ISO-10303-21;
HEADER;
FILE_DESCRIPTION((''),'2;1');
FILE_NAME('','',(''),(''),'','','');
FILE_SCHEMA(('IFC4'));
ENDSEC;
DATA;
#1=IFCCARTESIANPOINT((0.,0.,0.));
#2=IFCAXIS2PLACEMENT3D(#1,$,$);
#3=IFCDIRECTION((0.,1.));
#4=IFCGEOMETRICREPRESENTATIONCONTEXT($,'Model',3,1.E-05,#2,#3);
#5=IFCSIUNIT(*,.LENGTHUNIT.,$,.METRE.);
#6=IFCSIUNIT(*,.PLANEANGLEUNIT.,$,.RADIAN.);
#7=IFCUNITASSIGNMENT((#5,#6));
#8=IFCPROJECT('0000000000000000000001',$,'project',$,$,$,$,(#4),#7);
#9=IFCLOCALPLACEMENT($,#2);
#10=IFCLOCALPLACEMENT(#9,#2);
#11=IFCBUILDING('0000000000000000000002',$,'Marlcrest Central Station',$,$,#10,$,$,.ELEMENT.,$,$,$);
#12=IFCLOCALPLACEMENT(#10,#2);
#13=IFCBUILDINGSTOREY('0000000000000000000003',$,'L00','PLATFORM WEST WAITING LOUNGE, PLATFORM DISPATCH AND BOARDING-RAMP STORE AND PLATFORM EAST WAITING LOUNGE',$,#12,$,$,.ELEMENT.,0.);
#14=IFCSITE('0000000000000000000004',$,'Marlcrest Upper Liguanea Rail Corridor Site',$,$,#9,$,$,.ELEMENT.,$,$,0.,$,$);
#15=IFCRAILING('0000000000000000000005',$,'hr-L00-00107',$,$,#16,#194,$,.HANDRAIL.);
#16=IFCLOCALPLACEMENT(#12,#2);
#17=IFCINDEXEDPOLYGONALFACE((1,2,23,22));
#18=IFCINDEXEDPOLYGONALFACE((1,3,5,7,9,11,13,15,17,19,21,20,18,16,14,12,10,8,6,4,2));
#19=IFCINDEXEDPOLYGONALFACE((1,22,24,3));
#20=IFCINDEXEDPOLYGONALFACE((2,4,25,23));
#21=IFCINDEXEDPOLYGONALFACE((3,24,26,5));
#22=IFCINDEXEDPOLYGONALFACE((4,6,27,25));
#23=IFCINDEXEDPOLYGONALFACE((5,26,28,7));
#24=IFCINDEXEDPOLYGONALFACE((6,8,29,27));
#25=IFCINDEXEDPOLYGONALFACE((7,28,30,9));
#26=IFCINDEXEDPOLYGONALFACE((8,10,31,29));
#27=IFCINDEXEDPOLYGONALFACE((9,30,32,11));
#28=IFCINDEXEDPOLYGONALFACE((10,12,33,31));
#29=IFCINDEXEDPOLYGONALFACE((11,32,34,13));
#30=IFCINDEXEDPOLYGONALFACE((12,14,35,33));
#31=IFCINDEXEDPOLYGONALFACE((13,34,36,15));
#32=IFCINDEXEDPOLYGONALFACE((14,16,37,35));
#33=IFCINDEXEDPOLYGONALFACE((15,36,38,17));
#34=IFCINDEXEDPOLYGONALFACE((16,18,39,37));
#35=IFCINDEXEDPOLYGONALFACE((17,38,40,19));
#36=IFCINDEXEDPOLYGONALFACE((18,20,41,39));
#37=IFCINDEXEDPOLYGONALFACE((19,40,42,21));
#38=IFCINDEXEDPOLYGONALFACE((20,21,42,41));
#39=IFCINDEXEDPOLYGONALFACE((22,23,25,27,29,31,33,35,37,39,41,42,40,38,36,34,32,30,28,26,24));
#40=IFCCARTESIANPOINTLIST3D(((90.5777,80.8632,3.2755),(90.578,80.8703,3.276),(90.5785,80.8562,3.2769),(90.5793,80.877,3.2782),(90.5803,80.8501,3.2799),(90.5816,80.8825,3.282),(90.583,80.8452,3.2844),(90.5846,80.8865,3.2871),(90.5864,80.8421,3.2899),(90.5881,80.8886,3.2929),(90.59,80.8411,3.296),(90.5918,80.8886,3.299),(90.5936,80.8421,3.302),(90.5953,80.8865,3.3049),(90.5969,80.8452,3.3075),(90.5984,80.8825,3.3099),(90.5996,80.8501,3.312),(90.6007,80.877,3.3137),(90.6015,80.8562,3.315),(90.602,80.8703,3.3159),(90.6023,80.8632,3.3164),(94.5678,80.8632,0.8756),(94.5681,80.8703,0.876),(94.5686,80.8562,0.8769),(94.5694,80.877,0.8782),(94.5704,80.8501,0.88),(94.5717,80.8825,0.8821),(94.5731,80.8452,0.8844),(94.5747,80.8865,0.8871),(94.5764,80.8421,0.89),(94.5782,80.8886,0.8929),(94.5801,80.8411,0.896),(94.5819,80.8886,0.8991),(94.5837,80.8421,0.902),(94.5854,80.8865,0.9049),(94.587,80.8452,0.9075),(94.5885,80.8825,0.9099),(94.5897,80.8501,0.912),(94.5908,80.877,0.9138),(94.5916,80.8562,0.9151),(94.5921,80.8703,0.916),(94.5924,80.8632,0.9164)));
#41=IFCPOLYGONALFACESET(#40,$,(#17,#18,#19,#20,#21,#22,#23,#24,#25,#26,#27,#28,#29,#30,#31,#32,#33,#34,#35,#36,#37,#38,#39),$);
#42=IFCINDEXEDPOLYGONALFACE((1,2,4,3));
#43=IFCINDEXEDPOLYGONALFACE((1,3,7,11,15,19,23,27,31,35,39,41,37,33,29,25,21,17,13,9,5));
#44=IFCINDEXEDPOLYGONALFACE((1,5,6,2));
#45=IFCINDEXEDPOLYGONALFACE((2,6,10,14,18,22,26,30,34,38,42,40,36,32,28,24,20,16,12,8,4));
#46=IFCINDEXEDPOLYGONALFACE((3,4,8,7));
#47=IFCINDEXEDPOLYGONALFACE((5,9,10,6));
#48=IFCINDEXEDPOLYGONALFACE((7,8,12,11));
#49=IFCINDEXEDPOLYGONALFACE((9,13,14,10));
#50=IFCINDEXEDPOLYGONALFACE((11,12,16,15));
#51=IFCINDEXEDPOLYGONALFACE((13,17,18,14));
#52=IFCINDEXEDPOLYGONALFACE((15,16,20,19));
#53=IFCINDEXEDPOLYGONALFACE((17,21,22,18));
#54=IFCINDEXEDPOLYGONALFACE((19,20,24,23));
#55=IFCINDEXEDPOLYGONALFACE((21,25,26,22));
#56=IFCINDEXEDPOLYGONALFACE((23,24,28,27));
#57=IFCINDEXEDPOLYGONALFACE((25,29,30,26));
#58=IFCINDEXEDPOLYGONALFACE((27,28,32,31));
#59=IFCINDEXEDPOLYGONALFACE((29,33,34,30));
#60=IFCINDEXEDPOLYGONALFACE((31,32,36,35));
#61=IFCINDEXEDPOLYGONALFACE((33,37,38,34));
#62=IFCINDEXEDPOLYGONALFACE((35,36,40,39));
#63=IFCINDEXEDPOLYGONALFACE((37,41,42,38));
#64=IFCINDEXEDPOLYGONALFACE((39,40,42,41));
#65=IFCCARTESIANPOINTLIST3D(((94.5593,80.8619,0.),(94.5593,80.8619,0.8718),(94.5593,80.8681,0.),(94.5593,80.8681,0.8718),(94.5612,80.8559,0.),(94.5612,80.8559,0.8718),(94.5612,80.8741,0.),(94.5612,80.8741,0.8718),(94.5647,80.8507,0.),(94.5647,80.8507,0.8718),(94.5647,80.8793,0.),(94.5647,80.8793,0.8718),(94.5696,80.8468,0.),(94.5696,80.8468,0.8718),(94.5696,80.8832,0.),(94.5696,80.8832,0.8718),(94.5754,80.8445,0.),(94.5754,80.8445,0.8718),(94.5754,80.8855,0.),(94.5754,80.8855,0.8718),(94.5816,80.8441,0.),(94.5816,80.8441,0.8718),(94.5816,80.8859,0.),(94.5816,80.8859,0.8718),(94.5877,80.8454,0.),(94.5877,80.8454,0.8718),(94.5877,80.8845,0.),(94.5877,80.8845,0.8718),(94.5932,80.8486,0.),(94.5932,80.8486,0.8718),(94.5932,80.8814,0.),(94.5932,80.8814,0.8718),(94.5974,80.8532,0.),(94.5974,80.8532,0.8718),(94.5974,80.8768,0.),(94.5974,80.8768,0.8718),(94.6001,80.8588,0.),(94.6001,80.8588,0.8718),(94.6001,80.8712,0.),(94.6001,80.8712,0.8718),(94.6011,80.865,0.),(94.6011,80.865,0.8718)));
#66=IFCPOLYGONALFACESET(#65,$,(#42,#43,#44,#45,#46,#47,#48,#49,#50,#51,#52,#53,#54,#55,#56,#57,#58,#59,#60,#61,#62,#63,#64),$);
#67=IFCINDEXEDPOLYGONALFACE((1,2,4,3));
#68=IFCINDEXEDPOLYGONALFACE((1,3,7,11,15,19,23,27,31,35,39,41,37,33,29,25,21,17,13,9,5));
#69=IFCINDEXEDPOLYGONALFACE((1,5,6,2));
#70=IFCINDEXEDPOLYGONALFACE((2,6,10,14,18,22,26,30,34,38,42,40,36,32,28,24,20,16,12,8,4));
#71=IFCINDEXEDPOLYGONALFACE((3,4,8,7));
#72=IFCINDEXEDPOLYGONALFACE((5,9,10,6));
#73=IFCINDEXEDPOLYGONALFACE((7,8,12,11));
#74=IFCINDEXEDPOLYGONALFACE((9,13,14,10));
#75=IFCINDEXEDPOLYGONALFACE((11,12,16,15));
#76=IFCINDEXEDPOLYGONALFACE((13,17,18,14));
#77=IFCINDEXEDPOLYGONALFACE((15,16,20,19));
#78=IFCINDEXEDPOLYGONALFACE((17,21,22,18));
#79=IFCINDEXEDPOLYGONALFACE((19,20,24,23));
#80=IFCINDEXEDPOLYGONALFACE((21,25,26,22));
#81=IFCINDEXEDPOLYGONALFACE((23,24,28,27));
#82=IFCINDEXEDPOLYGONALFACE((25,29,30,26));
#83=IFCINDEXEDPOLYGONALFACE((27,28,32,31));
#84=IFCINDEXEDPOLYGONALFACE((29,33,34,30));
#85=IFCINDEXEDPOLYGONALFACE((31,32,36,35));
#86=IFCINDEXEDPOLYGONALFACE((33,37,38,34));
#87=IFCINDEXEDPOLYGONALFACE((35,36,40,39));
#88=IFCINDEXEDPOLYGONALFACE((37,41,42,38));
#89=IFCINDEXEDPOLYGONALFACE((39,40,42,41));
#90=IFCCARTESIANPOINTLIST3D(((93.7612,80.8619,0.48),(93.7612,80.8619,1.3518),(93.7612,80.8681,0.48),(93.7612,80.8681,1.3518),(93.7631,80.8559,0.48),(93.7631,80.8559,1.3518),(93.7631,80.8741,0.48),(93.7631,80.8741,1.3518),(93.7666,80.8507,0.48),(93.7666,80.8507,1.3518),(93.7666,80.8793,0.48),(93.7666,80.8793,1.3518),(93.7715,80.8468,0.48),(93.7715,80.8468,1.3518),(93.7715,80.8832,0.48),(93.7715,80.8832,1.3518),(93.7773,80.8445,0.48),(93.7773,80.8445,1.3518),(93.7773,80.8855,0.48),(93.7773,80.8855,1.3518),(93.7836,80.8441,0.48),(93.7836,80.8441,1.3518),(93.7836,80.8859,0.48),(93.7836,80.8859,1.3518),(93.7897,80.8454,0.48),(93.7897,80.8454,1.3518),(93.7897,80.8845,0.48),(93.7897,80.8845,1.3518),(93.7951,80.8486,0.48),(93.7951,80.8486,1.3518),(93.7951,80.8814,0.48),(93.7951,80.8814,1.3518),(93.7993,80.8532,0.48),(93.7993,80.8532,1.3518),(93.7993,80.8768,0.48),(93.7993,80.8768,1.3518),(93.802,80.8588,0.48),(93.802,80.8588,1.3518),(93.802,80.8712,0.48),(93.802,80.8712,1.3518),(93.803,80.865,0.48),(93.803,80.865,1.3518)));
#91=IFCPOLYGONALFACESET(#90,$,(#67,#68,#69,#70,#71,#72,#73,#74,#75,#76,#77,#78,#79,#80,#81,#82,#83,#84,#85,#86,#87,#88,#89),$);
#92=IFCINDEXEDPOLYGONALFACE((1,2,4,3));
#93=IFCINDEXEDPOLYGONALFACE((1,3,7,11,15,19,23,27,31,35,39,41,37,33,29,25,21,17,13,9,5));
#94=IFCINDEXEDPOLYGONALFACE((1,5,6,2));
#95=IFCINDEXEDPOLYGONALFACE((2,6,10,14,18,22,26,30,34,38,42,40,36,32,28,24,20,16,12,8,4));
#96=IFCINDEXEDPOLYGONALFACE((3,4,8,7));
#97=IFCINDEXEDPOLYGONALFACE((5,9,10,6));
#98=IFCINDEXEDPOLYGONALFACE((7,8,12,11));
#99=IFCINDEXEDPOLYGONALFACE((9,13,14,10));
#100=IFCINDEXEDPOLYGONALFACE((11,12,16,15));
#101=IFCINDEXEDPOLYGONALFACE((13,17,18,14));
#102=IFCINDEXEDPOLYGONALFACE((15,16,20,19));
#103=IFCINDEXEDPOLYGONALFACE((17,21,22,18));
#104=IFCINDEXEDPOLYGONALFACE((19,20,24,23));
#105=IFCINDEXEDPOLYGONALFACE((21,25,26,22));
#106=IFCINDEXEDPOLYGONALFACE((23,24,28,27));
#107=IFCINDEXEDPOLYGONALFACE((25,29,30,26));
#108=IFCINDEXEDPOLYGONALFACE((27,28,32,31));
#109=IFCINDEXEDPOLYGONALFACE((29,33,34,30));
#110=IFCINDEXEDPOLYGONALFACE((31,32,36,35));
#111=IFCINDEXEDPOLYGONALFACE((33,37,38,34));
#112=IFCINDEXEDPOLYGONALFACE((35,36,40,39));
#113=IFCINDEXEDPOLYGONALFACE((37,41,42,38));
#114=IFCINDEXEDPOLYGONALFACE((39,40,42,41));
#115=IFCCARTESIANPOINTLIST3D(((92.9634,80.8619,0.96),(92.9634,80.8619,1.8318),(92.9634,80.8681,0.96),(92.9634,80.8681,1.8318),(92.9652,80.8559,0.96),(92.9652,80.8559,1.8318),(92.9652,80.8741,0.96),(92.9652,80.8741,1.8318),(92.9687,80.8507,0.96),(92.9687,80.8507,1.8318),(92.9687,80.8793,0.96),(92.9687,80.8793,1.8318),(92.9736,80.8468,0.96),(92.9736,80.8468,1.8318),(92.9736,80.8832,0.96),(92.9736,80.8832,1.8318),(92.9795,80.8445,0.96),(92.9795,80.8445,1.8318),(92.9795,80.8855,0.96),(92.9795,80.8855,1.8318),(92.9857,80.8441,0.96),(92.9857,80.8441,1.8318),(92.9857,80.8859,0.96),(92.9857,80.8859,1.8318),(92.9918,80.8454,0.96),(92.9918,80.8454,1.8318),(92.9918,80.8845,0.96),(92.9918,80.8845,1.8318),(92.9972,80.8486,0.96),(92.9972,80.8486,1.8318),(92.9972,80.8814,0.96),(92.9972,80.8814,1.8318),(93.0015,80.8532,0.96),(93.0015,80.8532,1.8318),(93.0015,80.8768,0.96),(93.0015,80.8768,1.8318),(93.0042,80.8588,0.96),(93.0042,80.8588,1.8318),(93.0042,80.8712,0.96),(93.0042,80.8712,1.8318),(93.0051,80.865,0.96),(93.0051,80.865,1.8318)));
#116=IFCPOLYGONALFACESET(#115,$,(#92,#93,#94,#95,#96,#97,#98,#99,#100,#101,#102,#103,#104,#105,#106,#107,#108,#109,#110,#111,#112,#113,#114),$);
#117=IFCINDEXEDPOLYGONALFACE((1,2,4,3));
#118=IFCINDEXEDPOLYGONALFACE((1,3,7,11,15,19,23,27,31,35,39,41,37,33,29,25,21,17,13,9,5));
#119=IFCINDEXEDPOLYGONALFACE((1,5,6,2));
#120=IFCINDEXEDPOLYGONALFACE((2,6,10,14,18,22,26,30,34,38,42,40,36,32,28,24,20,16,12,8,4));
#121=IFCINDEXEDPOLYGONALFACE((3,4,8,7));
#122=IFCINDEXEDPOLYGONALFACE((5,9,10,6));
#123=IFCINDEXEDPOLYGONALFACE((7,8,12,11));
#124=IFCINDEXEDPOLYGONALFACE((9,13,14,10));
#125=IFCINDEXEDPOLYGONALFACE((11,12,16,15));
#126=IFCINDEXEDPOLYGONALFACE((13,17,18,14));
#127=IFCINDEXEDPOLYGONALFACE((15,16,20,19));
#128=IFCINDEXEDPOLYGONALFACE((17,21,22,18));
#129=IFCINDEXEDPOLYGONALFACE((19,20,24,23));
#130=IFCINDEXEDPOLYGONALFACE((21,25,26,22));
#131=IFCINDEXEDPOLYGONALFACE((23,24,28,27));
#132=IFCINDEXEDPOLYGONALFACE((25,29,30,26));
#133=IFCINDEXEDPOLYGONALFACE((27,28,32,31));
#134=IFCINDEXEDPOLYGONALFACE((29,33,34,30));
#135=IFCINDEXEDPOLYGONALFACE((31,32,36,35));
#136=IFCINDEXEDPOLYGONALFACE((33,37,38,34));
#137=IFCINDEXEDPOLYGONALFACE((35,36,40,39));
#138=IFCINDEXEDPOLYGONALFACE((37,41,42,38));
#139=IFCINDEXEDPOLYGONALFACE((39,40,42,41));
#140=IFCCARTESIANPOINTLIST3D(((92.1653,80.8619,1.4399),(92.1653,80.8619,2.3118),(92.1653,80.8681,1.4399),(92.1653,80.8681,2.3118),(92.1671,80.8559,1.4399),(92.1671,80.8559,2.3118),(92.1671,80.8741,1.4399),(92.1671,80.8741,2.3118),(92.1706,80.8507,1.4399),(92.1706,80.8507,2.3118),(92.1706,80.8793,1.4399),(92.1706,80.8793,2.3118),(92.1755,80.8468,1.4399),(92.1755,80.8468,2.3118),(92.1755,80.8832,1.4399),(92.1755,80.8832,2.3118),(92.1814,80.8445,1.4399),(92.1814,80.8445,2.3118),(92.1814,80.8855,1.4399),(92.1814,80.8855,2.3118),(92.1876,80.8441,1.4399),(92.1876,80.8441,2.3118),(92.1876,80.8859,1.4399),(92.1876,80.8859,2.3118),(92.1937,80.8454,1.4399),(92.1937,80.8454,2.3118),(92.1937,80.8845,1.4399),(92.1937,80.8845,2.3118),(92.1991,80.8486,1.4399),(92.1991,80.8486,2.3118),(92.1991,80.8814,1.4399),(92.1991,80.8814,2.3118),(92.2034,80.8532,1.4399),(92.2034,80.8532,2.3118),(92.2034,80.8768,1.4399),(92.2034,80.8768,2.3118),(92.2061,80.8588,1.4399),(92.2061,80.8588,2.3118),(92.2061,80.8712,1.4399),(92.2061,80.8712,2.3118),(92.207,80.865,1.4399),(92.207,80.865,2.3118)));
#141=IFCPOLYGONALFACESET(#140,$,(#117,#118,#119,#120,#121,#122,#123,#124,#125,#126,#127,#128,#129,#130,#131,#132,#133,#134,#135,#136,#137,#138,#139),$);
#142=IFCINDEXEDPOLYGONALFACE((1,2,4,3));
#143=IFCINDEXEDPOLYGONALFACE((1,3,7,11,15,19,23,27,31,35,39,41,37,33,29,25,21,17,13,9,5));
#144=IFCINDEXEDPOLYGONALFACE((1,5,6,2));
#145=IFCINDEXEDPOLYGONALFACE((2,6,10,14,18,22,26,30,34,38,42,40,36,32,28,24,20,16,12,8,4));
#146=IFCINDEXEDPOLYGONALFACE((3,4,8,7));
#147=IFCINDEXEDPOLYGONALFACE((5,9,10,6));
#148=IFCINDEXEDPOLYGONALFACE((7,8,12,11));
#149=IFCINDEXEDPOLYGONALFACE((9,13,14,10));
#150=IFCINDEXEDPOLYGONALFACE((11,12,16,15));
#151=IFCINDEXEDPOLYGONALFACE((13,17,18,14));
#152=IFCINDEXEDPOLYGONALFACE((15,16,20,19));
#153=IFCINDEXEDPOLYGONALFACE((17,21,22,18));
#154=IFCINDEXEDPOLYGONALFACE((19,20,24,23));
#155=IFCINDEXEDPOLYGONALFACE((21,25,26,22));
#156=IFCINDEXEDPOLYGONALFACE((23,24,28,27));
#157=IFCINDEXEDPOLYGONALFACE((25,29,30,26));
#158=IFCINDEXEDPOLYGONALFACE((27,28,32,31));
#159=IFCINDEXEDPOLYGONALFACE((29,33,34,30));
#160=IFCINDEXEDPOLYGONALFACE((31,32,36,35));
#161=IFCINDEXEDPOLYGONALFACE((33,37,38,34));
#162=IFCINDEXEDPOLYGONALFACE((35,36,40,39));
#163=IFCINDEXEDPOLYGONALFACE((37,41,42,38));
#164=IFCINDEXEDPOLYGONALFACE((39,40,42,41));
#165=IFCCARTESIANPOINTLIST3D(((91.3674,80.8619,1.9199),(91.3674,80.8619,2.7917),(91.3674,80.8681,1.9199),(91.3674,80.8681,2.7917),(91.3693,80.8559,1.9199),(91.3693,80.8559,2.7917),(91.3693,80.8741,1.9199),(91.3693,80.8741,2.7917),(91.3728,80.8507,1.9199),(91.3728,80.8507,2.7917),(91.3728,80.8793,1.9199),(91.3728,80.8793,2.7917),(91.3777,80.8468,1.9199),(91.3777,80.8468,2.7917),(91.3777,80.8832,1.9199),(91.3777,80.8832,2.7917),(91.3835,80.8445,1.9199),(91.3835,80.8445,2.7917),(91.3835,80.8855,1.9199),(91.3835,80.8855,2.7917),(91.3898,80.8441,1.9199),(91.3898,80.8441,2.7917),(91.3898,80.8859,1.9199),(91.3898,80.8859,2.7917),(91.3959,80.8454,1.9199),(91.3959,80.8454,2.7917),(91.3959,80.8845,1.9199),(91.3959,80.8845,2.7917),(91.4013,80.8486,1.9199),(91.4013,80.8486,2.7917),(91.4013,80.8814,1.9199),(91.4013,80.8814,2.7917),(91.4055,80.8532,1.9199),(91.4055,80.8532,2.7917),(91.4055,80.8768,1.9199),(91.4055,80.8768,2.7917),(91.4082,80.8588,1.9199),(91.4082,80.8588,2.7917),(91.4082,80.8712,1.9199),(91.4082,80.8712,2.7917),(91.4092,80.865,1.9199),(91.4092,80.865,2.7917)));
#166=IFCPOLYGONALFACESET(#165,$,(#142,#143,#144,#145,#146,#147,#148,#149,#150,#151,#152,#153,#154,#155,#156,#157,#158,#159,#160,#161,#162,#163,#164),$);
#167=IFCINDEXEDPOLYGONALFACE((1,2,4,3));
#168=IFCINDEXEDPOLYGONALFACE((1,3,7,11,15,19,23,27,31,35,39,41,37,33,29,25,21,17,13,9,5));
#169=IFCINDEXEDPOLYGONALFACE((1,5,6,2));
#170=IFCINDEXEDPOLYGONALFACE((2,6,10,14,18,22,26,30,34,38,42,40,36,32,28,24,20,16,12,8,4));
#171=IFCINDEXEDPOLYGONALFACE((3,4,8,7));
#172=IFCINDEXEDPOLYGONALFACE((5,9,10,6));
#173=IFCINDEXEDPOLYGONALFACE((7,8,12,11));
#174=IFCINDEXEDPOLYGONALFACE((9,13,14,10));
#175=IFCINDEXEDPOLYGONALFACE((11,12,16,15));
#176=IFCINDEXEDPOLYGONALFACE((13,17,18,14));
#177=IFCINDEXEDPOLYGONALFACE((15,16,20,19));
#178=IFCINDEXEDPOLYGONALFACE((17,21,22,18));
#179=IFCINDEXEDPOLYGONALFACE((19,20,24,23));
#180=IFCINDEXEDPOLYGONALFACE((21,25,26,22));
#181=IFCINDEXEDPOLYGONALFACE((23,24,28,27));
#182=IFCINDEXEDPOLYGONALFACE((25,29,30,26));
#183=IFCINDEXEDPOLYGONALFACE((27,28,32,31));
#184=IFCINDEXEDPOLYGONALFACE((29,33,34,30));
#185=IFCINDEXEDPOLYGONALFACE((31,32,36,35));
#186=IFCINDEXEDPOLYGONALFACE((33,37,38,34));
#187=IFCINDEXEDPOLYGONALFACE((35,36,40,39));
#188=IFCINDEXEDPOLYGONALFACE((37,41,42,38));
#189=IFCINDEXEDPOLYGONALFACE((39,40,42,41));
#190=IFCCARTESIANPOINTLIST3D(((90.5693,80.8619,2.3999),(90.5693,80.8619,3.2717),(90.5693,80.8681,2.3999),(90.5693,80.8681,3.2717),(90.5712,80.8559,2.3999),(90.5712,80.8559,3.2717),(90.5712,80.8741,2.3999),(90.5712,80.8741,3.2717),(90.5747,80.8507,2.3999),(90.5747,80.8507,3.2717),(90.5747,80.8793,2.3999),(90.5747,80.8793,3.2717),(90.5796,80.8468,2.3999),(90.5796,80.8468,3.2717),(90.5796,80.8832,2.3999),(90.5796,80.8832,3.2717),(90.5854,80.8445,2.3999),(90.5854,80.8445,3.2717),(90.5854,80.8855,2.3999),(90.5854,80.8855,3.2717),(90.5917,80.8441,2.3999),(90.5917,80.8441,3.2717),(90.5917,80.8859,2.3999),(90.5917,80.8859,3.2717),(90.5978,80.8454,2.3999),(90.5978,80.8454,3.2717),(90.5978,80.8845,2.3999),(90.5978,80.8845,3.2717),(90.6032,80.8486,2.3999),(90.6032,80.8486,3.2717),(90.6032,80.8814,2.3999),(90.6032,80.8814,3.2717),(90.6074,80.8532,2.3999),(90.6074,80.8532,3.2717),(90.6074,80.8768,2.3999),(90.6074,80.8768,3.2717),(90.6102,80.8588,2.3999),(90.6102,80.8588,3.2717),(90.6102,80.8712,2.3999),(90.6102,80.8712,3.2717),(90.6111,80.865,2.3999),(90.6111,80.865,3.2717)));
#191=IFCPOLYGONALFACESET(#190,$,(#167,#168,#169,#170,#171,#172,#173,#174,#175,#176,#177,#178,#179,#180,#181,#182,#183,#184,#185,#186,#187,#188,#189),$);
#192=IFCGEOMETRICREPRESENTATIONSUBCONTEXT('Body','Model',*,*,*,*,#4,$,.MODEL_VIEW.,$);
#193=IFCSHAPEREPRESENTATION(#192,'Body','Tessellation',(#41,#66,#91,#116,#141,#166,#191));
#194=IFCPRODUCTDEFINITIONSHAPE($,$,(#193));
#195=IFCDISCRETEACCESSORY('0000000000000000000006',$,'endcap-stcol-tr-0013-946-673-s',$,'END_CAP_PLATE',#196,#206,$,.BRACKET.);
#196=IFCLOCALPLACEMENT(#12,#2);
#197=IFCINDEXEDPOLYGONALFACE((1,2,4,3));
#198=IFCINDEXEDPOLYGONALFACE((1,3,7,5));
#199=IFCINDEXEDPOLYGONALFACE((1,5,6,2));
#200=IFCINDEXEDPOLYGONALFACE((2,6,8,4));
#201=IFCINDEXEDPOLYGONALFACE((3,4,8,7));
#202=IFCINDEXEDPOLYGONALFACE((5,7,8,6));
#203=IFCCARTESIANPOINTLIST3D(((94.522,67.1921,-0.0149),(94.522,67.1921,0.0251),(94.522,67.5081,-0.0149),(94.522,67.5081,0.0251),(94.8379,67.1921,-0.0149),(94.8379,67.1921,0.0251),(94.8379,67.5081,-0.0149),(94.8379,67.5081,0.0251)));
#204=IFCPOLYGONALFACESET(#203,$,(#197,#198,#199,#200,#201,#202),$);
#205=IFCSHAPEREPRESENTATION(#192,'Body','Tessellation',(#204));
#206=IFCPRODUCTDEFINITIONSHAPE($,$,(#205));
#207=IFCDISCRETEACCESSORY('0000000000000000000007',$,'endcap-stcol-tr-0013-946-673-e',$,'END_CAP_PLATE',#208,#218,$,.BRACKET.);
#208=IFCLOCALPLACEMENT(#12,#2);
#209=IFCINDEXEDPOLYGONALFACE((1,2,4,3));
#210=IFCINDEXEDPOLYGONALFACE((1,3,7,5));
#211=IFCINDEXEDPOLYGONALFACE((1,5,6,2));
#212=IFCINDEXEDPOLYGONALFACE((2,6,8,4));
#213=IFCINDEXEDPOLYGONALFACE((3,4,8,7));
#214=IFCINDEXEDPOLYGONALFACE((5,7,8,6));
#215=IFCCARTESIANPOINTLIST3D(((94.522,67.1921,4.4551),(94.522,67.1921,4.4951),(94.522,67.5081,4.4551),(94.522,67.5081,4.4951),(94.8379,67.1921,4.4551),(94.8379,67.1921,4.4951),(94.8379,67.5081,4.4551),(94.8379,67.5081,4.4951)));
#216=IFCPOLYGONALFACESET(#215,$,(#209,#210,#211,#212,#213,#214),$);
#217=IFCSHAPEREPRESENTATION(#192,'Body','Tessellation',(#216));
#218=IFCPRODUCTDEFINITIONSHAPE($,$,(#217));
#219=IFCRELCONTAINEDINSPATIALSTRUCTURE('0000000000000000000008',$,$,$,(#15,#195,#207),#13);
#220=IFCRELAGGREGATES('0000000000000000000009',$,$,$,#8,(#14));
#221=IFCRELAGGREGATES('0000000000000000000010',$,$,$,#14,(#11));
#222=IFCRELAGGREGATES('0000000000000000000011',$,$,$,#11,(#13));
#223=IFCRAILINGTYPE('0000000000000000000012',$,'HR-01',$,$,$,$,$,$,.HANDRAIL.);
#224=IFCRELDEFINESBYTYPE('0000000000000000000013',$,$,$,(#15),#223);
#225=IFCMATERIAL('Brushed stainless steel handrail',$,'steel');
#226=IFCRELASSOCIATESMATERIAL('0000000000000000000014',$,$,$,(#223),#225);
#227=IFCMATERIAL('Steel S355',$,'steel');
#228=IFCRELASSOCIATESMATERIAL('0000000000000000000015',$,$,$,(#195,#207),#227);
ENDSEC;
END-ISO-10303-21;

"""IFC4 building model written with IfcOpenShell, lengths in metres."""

from ifc_helpers import new_model, si_unit, direction, frame, origin, origin_2d, place, context, subcontext, project, spatial, rectangle, circle, extrude, material, type_object, element, save


model = new_model("IFC4")

# Units and contexts
model_context = context("Model", 3, precision=1e-05, world=origin(), true_north=direction((0.0, 1.0)))
body_context = subcontext(model_context, "Body", "Model", "MODEL_VIEW")
ifc_project = project(units=[si_unit("LENGTHUNIT", "METRE"), si_unit("PLANEANGLEUNIT", "RADIAN")], contexts=[model_context])

# Site, building, storey
site_placement = place(None, origin())
site = spatial("IfcSite", under=ifc_project, at=site_placement, Name="Marlcrest Upper Liguanea Rail Corridor Site", CompositionType="ELEMENT", RefElevation=0.0)
building_placement = place(site_placement, origin())
building = spatial("IfcBuilding", under=site, at=building_placement, Name="Marlcrest Central Station", CompositionType="ELEMENT")
storey_placement = place(building_placement, origin())
storey = spatial("IfcBuildingStorey", under=building, at=storey_placement, Name="L00", Description="PLATFORM WEST WAITING LOUNGE, PLATFORM DISPATCH AND BOARDING-RAMP STORE AND PLATFORM EAST WAITING LOUNGE", CompositionType="ELEMENT", Elevation=0.0)

# Shared definitions
ifc_material_1 = material(Name="Steel S355", Category="steel")

# Railing
ifc_material_2 = material(Name="Brushed stainless steel handrail", Category="steel")
railing_type = type_object("IfcRailingType", Name="HR-01", PredefinedType="HANDRAIL", material=ifc_material_2)
for number, where, name in (
    (1, (94.5801, 80.865, 0.0), "hr-L00-00107"),
):
    element("IfcRailing", number, at=place(storey_placement, frame(where)), inside=storey, type_object=railing_type, Name=name, PredefinedType="HANDRAIL", context=body_context, shape_type="SweptSolid", body=[
        extrude(circle(Radius=0.0239, at=origin_2d()), frame((0.0, 0.0, 0.896), z_axis=(-0.856933, 0.0, 0.515428), x_axis=(0.0, -1.0, 0.0)), (0.0, 0.0, 1.0), 4.6562),
        extrude(circle(Radius=0.021, at=origin_2d()), origin(), (0.0, 0.0, 1.0), 0.8718),
        extrude(circle(Radius=0.021, at=origin_2d()), frame((-0.7981, 0.0, 0.48)), (0.0, 0.0, 1.0), 0.8718),
        extrude(circle(Radius=0.021, at=origin_2d()), frame((-1.5959, 0.0, 0.96)), (0.0, 0.0, 1.0), 0.8718),
        extrude(circle(Radius=0.021, at=origin_2d()), frame((-2.394, 0.0, 1.4399)), (0.0, 0.0, 1.0), 0.8718),
        extrude(circle(Radius=0.021, at=origin_2d()), frame((-3.1919, 0.0, 1.9199)), (0.0, 0.0, 1.0), 0.8718),
        extrude(circle(Radius=0.021, at=origin_2d()), frame((-3.99, 0.0, 2.3999)), (0.0, 0.0, 1.0), 0.8718),
    ])

# Discrete accessories
for number, where, z_axis, x_axis, name in (
    (2, (94.6799, 67.3501, -0.0149), (0.0, 0.0, 1.0), (1.0, 0.0, 0.0), "endcap-stcol-tr-0013-946-673-s"),
    (3, (94.6799, 67.3501, 4.4551), (0.0, 0.0, 1.0), (1.0, 0.0, 0.0), "endcap-stcol-tr-0013-946-673-e"),
):
    element("IfcDiscreteAccessory", number, at=place(storey_placement, frame(where, z_axis=z_axis, x_axis=x_axis)), inside=storey, material=ifc_material_1, Name=name, ObjectType="END_CAP_PLATE", PredefinedType="BRACKET", context=body_context, shape_type="SweptSolid", body=[
        extrude(rectangle(XDim=0.3159, YDim=0.3159, at=origin_2d()), origin(), (0.0, 0.0, 1.0), 0.04),
    ])

save(model, "model.ifc")
